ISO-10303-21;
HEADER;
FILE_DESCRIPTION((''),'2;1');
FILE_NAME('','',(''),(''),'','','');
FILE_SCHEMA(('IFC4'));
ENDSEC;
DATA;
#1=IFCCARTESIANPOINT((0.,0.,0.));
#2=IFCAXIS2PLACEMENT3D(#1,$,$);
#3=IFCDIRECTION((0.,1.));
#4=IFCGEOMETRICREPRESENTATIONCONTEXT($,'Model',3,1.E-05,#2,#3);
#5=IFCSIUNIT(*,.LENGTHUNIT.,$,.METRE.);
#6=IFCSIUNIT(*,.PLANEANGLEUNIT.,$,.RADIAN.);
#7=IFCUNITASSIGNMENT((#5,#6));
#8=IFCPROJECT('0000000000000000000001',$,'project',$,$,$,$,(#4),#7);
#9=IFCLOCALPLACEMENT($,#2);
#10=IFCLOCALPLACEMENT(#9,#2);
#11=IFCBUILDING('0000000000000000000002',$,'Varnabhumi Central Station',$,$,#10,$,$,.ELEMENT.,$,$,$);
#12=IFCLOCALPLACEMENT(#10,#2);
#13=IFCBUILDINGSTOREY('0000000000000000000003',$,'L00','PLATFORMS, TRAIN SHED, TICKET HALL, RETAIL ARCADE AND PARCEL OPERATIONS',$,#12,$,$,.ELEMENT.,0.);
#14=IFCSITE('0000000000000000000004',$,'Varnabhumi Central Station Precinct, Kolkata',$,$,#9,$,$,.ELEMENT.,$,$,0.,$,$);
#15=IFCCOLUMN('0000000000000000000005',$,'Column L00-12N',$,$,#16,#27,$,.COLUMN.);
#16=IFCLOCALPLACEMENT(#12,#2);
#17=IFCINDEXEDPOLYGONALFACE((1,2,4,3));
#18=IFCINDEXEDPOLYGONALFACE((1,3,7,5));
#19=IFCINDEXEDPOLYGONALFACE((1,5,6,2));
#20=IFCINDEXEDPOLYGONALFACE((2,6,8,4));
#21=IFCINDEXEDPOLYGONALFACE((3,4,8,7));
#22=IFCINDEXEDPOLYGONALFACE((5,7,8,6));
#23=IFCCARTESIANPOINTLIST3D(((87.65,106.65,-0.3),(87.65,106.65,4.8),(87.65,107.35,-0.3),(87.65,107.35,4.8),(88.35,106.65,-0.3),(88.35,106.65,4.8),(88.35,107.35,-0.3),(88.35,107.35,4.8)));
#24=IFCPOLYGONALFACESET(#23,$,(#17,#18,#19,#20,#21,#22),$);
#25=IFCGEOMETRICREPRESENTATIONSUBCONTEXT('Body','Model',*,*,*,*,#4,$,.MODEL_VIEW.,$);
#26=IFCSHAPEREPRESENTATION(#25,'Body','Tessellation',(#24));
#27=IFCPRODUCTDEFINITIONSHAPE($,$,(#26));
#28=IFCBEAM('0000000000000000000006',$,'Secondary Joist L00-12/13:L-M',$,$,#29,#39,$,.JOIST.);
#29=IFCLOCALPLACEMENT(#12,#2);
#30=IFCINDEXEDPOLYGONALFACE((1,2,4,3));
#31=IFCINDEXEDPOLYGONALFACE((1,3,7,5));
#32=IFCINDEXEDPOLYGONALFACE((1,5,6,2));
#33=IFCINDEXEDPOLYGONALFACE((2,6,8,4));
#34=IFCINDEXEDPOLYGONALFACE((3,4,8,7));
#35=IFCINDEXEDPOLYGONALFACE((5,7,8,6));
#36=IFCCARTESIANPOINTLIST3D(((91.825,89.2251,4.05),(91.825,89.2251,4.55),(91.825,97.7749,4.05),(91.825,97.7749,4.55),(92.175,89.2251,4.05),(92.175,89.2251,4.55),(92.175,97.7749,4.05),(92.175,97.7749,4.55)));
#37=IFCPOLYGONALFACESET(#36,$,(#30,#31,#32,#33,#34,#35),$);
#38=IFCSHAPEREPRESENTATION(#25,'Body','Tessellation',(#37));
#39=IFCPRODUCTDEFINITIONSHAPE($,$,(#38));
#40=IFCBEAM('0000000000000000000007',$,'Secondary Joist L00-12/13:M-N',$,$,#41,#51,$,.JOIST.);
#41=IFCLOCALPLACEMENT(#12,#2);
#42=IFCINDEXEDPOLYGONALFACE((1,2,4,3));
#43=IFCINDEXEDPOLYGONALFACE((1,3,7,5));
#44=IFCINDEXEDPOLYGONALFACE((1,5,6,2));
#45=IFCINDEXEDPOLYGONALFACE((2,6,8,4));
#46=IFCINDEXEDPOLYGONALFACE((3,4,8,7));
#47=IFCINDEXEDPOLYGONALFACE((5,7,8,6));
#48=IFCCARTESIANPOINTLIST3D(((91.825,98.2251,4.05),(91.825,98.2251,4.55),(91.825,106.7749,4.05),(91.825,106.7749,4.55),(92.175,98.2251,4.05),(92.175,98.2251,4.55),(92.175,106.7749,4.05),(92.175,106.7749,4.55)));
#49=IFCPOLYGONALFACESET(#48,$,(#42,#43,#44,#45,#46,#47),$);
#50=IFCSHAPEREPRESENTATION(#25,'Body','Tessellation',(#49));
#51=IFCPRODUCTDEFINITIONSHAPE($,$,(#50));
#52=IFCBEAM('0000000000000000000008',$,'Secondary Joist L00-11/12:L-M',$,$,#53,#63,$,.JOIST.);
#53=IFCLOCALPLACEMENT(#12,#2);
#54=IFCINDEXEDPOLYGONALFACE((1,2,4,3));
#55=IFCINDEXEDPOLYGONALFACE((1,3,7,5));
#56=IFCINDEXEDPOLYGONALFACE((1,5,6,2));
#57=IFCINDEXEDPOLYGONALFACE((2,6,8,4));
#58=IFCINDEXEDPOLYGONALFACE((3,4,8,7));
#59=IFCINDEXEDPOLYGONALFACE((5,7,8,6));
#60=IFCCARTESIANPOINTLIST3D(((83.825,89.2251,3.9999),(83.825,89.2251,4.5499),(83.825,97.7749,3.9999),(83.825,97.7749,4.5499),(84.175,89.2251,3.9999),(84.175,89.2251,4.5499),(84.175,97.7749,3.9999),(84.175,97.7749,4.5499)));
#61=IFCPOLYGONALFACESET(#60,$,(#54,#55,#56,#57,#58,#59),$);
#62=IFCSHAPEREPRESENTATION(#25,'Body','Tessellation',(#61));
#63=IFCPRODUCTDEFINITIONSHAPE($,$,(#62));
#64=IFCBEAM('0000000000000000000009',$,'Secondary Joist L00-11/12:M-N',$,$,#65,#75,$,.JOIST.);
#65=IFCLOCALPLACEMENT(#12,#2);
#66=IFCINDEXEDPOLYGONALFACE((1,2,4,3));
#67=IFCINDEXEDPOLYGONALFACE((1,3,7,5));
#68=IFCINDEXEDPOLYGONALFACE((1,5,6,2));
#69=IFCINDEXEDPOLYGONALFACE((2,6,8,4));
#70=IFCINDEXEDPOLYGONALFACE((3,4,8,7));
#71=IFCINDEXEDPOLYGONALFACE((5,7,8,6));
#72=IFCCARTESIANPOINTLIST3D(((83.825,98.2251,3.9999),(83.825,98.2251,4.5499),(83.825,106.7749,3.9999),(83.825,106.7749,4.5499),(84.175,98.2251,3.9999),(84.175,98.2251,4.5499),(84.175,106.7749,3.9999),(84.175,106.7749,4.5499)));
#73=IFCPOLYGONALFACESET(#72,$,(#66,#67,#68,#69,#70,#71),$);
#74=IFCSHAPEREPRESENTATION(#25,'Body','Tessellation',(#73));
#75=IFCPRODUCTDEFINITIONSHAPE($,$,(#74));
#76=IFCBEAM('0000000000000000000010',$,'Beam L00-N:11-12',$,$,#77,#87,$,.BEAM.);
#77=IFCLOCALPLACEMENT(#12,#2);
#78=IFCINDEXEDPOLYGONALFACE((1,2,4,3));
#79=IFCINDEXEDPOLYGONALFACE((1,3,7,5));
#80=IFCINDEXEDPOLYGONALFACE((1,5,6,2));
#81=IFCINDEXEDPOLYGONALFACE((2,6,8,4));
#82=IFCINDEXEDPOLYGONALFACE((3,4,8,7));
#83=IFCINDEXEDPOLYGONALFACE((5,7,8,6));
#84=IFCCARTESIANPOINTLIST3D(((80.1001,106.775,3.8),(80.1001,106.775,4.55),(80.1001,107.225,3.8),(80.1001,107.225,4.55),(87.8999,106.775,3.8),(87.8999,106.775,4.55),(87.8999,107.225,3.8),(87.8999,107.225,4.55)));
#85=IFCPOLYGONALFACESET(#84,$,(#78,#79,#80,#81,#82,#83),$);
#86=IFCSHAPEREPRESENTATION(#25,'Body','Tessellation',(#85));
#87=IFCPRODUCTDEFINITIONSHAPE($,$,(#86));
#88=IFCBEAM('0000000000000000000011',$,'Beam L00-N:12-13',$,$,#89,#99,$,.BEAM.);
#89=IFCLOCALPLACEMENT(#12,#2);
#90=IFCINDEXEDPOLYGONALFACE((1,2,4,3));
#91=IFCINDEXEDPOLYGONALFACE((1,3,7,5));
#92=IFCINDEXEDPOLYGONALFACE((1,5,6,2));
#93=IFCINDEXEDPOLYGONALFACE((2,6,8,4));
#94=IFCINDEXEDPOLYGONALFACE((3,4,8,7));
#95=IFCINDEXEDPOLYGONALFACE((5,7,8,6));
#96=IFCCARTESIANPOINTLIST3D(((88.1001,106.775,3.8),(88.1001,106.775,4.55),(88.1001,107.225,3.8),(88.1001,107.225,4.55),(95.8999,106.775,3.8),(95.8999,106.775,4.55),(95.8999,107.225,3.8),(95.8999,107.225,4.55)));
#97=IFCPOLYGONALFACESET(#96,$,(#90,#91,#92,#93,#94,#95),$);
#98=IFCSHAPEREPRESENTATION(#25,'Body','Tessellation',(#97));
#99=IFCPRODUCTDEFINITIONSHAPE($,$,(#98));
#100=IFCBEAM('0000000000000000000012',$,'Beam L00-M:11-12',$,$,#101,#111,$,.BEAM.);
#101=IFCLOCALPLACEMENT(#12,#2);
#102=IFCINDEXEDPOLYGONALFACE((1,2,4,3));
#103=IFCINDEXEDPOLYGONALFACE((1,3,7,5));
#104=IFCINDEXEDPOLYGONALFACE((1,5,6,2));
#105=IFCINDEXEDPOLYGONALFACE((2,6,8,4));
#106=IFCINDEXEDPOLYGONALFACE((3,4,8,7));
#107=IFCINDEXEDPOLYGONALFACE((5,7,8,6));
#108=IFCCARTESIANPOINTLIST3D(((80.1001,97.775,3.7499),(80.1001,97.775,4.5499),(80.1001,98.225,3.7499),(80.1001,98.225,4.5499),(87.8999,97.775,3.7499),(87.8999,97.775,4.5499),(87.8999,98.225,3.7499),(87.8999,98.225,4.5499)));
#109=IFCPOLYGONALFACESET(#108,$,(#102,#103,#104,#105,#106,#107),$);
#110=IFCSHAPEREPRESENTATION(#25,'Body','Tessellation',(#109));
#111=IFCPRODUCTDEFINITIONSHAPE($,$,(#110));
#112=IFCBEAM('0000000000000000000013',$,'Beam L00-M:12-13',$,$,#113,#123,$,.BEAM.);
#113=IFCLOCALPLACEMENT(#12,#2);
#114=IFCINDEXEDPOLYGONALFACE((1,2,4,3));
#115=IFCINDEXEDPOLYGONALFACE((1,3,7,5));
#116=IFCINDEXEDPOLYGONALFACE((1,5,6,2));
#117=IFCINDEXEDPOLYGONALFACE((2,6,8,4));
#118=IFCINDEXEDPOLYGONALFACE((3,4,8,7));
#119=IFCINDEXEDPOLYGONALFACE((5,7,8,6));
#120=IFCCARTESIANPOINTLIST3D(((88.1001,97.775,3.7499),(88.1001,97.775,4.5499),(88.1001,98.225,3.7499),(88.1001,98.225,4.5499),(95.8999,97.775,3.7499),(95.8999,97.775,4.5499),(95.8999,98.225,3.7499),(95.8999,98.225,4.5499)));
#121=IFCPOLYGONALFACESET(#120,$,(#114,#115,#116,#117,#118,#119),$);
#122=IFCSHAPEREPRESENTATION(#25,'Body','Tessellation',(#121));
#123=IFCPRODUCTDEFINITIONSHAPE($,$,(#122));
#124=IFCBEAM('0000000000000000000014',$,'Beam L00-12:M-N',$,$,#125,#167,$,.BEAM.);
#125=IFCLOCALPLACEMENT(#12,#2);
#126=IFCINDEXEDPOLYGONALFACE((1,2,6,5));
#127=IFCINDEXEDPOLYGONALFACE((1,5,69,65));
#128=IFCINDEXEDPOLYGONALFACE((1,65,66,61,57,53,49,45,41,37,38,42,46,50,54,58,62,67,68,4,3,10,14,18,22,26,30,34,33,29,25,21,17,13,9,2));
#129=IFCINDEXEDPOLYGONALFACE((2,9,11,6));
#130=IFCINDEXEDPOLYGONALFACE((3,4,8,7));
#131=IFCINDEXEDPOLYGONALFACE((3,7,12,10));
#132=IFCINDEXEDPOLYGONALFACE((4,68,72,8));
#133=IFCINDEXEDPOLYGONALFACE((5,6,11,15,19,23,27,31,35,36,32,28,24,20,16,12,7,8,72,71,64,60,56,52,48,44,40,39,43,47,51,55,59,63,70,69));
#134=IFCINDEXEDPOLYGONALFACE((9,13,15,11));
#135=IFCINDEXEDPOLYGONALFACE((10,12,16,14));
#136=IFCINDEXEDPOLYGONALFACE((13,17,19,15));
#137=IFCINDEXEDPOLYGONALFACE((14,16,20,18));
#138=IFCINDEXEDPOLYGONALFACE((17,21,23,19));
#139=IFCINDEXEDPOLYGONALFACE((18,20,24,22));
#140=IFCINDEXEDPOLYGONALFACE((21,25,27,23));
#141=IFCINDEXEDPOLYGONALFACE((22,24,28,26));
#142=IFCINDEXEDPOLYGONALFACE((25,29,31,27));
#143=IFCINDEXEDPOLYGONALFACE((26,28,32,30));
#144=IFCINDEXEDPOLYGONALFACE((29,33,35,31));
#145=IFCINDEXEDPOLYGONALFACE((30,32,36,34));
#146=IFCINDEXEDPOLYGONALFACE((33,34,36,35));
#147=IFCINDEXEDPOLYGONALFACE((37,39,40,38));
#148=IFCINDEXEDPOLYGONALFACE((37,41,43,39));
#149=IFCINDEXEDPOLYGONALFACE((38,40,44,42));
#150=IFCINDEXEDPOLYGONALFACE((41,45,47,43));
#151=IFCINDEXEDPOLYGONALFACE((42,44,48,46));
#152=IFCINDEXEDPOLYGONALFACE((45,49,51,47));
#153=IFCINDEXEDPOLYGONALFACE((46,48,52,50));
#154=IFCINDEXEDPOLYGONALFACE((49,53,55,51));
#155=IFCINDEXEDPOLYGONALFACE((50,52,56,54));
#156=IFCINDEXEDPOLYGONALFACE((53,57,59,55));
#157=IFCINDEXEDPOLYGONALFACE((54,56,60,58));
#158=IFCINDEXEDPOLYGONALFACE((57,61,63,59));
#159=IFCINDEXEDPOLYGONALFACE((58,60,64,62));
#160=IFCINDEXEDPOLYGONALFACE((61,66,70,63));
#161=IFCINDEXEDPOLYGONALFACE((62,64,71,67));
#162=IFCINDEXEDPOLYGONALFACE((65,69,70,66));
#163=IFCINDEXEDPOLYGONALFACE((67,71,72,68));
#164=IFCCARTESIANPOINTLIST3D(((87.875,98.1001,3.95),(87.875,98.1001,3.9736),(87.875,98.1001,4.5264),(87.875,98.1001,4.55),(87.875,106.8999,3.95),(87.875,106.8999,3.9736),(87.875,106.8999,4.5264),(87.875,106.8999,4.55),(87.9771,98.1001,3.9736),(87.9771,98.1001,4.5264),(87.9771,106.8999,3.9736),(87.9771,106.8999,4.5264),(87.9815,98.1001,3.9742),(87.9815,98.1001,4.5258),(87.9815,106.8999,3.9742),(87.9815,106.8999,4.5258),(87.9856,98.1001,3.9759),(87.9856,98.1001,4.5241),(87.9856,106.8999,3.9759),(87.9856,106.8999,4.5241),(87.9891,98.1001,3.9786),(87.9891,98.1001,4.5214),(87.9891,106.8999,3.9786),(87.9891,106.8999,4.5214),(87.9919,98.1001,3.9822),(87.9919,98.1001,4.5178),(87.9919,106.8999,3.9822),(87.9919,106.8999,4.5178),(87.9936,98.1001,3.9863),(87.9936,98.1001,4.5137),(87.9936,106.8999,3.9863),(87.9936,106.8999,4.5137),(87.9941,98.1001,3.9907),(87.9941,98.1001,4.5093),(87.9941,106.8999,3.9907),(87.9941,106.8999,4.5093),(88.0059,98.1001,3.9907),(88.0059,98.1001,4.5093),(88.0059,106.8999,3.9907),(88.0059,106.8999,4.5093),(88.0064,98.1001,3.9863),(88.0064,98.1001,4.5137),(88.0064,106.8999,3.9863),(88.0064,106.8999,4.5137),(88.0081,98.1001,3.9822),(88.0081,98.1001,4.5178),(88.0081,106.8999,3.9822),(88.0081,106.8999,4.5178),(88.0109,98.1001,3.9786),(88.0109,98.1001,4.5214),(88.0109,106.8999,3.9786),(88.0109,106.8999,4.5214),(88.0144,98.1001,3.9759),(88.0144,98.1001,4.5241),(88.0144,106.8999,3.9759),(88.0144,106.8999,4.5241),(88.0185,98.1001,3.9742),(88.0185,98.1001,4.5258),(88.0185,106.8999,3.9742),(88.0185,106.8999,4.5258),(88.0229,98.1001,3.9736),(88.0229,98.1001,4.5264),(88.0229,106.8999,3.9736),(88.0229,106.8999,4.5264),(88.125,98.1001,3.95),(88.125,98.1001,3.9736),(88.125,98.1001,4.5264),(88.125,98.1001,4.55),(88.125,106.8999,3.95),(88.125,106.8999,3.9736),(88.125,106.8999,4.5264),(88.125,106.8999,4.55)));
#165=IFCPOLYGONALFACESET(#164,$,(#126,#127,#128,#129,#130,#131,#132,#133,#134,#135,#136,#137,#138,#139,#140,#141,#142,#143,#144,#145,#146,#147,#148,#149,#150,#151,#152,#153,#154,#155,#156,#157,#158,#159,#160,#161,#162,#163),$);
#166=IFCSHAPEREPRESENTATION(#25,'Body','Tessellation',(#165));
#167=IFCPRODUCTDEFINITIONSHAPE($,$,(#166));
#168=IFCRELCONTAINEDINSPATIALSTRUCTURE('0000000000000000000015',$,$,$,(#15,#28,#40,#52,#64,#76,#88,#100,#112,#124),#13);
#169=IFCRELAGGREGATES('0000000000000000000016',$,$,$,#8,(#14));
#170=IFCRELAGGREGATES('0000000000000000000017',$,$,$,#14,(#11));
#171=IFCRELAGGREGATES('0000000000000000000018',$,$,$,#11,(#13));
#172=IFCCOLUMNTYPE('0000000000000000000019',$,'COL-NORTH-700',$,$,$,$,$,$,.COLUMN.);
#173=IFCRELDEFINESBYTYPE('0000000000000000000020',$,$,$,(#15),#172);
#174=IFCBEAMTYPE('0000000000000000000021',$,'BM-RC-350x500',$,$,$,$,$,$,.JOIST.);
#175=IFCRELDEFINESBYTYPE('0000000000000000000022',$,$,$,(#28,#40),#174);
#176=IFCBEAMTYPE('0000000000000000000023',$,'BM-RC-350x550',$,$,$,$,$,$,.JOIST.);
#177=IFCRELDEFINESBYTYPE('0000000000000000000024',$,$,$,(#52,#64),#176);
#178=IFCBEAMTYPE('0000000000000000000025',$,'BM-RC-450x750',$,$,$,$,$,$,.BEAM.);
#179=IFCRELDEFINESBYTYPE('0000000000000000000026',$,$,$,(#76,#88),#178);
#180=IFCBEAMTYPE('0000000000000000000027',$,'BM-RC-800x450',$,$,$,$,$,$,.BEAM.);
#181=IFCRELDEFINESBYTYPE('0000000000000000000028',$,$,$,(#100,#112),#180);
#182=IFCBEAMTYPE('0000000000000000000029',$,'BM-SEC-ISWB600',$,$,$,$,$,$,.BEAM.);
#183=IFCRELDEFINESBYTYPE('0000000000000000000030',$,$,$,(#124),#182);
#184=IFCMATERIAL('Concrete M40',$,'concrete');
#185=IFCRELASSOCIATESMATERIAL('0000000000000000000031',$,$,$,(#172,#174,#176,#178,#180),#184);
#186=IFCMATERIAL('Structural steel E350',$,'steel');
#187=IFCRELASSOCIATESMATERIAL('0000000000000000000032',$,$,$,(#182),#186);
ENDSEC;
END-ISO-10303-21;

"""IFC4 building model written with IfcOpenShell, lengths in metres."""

from ifc_helpers import new_model, si_unit, direction, frame, origin, origin_2d, place, context, subcontext, project, spatial, rectangle, i_section, extrude, material, material_profile, profile_set, type_object, element, save


model = new_model("IFC4")

# Units and contexts
model_context = context("Model", 3, precision=1e-05, world=origin(), true_north=direction((0.0, 1.0)))
body_context = subcontext(model_context, "Body", "Model", "MODEL_VIEW")
ifc_project = project(units=[si_unit("LENGTHUNIT", "METRE"), si_unit("PLANEANGLEUNIT", "RADIAN")], contexts=[model_context])

# Site, building, storey
site_placement = place(None, origin())
site = spatial("IfcSite", under=ifc_project, at=site_placement, Name="Varnabhumi Central Station Precinct, Kolkata", CompositionType="ELEMENT", RefElevation=0.0)
building_placement = place(site_placement, origin())
building = spatial("IfcBuilding", under=site, at=building_placement, Name="Varnabhumi Central Station", CompositionType="ELEMENT")
storey_placement = place(building_placement, origin())
storey = spatial("IfcBuildingStorey", under=building, at=storey_placement, Name="L00", Description="PLATFORMS, TRAIN SHED, TICKET HALL, RETAIL ARCADE AND PARCEL OPERATIONS", CompositionType="ELEMENT", Elevation=0.0)

# Shared definitions
ifc_material_1 = material(Name="Concrete M40", Category="concrete")

# Column
ifc_material_profile_1 = material_profile(ifc_material_1, rectangle(XDim=0.7, YDim=0.7, at=origin_2d()), Name="Concrete M40", Category="concrete")
ifc_profile_set_1 = profile_set([ifc_material_profile_1], Name="Concrete M40")
column_type = type_object("IfcColumnType", Name="COL-NORTH-700", PredefinedType="COLUMN", material=ifc_profile_set_1)
for number, where, z_axis, x_axis, name in (
    (1, (88.0, 107.0, -0.3), (0.0, 0.0, 1.0), (1.0, 0.0, 0.0), "Column L00-12N"),
):
    element("IfcColumn", number, at=place(storey_placement, frame(where, z_axis=z_axis, x_axis=x_axis)), inside=storey, type_object=column_type, Name=name, PredefinedType="COLUMN", context=body_context, shape_type="SweptSolid", body=[
        extrude(rectangle(XDim=0.7, YDim=0.7, at=origin_2d()), origin(), (0.0, 0.0, 1.0), 5.1001),
    ])

# Beams
ifc_material_profile_2 = material_profile(ifc_material_1, rectangle(XDim=0.3501, YDim=0.5, at=origin_2d()), Name="Concrete M40", Category="concrete")
ifc_profile_set_2 = profile_set([ifc_material_profile_2], Name="Concrete M40")
beam_type_1 = type_object("IfcBeamType", Name="BM-RC-350x500", PredefinedType="JOIST", material=ifc_profile_set_2)
for number, where, z_axis, x_axis, name in (
    (2, (92.0, 89.2251, 4.3), (0.0, 1.0, 0.0), (-1.0, 0.0, 0.0), "Secondary Joist L00-12/13:L-M"),
    (3, (92.0, 98.2251, 4.3), (0.0, 1.0, 0.0), (-1.0, 0.0, 0.0), "Secondary Joist L00-12/13:M-N"),
):
    element("IfcBeam", number, at=place(storey_placement, frame(where, z_axis=z_axis, x_axis=x_axis)), inside=storey, type_object=beam_type_1, Name=name, PredefinedType="JOIST", context=body_context, shape_type="SweptSolid", body=[
        extrude(rectangle(XDim=0.3501, YDim=0.5, at=origin_2d()), origin(), (0.0, 0.0, 1.0), 8.5498),
    ])
ifc_material_profile_3 = material_profile(ifc_material_1, rectangle(XDim=0.3501, YDim=0.55, at=origin_2d()), Name="Concrete M40", Category="concrete")
ifc_profile_set_3 = profile_set([ifc_material_profile_3], Name="Concrete M40")
beam_type_2 = type_object("IfcBeamType", Name="BM-RC-350x550", PredefinedType="JOIST", material=ifc_profile_set_3)
for number, where, z_axis, x_axis, name in (
    (4, (84.0, 89.2251, 4.2749), (0.0, 1.0, 0.0), (-1.0, 0.0, 0.0), "Secondary Joist L00-11/12:L-M"),
    (5, (84.0, 98.2251, 4.2749), (0.0, 1.0, 0.0), (-1.0, 0.0, 0.0), "Secondary Joist L00-11/12:M-N"),
):
    element("IfcBeam", number, at=place(storey_placement, frame(where, z_axis=z_axis, x_axis=x_axis)), inside=storey, type_object=beam_type_2, Name=name, PredefinedType="JOIST", context=body_context, shape_type="SweptSolid", body=[
        extrude(rectangle(XDim=0.3501, YDim=0.55, at=origin_2d()), origin(), (0.0, 0.0, 1.0), 8.5498),
    ])
ifc_material_profile_4 = material_profile(ifc_material_1, rectangle(XDim=0.45, YDim=0.75, at=origin_2d()), Name="Concrete M40", Category="concrete")
ifc_profile_set_4 = profile_set([ifc_material_profile_4], Name="Concrete M40")
beam_type_3 = type_object("IfcBeamType", Name="BM-RC-450x750", PredefinedType="BEAM", material=ifc_profile_set_4)
for number, where, z_axis, x_axis, name in (
    (6, (80.1001, 107.0, 4.175), (1.0, 0.0, 0.0), (0.0, 1.0, 0.0), "Beam L00-N:11-12"),
    (7, (88.1001, 107.0, 4.175), (1.0, 0.0, 0.0), (0.0, 1.0, 0.0), "Beam L00-N:12-13"),
):
    element("IfcBeam", number, at=place(storey_placement, frame(where, z_axis=z_axis, x_axis=x_axis)), inside=storey, type_object=beam_type_3, Name=name, PredefinedType="BEAM", context=body_context, shape_type="SweptSolid", body=[
        extrude(rectangle(XDim=0.45, YDim=0.75, at=origin_2d()), origin(), (0.0, 0.0, 1.0), 7.7998),
    ])
ifc_material_profile_5 = material_profile(ifc_material_1, rectangle(XDim=0.45, YDim=0.8, at=origin_2d()), Name="Concrete M40", Category="concrete")
ifc_profile_set_5 = profile_set([ifc_material_profile_5], Name="Concrete M40")
beam_type_4 = type_object("IfcBeamType", Name="BM-RC-800x450", PredefinedType="BEAM", material=ifc_profile_set_5)
for number, where, z_axis, x_axis, name in (
    (8, (80.1001, 98.0, 4.1499), (1.0, 0.0, 0.0), (0.0, 1.0, 0.0), "Beam L00-M:11-12"),
    (9, (88.1001, 98.0, 4.1499), (1.0, 0.0, 0.0), (0.0, 1.0, 0.0), "Beam L00-M:12-13"),
):
    element("IfcBeam", number, at=place(storey_placement, frame(where, z_axis=z_axis, x_axis=x_axis)), inside=storey, type_object=beam_type_4, Name=name, PredefinedType="BEAM", context=body_context, shape_type="SweptSolid", body=[
        extrude(rectangle(XDim=0.45, YDim=0.8, at=origin_2d()), origin(), (0.0, 0.0, 1.0), 7.7998),
    ])
ifc_material_2 = material(Name="Structural steel E350", Category="steel")
ifc_material_profile_6 = material_profile(ifc_material_2, i_section(OverallWidth=0.25, OverallDepth=0.6001, WebThickness=0.0117, FlangeThickness=0.0237, FilletRadius=0.0171, at=origin_2d()), Name="Structural steel E350", Category="steel")
ifc_profile_set_6 = profile_set([ifc_material_profile_6], Name="Structural steel E350")
beam_type_5 = type_object("IfcBeamType", Name="BM-SEC-ISWB600", PredefinedType="BEAM", material=ifc_profile_set_6)
for number, where, z_axis, x_axis, name in (
    (10, (88.0, 98.1001, 4.25), (0.0, 1.0, 0.0), (-1.0, 0.0, 0.0), "Beam L00-12:M-N"),
):
    element("IfcBeam", number, at=place(storey_placement, frame(where, z_axis=z_axis, x_axis=x_axis)), inside=storey, type_object=beam_type_5, Name=name, PredefinedType="BEAM", context=body_context, shape_type="SweptSolid", body=[
        extrude(i_section(OverallWidth=0.25, OverallDepth=0.6001, WebThickness=0.0117, FlangeThickness=0.0237, FilletRadius=0.0171, at=origin_2d()), origin(), (0.0, 0.0, 1.0), 8.7998),
    ])

save(model, "model.ifc")
